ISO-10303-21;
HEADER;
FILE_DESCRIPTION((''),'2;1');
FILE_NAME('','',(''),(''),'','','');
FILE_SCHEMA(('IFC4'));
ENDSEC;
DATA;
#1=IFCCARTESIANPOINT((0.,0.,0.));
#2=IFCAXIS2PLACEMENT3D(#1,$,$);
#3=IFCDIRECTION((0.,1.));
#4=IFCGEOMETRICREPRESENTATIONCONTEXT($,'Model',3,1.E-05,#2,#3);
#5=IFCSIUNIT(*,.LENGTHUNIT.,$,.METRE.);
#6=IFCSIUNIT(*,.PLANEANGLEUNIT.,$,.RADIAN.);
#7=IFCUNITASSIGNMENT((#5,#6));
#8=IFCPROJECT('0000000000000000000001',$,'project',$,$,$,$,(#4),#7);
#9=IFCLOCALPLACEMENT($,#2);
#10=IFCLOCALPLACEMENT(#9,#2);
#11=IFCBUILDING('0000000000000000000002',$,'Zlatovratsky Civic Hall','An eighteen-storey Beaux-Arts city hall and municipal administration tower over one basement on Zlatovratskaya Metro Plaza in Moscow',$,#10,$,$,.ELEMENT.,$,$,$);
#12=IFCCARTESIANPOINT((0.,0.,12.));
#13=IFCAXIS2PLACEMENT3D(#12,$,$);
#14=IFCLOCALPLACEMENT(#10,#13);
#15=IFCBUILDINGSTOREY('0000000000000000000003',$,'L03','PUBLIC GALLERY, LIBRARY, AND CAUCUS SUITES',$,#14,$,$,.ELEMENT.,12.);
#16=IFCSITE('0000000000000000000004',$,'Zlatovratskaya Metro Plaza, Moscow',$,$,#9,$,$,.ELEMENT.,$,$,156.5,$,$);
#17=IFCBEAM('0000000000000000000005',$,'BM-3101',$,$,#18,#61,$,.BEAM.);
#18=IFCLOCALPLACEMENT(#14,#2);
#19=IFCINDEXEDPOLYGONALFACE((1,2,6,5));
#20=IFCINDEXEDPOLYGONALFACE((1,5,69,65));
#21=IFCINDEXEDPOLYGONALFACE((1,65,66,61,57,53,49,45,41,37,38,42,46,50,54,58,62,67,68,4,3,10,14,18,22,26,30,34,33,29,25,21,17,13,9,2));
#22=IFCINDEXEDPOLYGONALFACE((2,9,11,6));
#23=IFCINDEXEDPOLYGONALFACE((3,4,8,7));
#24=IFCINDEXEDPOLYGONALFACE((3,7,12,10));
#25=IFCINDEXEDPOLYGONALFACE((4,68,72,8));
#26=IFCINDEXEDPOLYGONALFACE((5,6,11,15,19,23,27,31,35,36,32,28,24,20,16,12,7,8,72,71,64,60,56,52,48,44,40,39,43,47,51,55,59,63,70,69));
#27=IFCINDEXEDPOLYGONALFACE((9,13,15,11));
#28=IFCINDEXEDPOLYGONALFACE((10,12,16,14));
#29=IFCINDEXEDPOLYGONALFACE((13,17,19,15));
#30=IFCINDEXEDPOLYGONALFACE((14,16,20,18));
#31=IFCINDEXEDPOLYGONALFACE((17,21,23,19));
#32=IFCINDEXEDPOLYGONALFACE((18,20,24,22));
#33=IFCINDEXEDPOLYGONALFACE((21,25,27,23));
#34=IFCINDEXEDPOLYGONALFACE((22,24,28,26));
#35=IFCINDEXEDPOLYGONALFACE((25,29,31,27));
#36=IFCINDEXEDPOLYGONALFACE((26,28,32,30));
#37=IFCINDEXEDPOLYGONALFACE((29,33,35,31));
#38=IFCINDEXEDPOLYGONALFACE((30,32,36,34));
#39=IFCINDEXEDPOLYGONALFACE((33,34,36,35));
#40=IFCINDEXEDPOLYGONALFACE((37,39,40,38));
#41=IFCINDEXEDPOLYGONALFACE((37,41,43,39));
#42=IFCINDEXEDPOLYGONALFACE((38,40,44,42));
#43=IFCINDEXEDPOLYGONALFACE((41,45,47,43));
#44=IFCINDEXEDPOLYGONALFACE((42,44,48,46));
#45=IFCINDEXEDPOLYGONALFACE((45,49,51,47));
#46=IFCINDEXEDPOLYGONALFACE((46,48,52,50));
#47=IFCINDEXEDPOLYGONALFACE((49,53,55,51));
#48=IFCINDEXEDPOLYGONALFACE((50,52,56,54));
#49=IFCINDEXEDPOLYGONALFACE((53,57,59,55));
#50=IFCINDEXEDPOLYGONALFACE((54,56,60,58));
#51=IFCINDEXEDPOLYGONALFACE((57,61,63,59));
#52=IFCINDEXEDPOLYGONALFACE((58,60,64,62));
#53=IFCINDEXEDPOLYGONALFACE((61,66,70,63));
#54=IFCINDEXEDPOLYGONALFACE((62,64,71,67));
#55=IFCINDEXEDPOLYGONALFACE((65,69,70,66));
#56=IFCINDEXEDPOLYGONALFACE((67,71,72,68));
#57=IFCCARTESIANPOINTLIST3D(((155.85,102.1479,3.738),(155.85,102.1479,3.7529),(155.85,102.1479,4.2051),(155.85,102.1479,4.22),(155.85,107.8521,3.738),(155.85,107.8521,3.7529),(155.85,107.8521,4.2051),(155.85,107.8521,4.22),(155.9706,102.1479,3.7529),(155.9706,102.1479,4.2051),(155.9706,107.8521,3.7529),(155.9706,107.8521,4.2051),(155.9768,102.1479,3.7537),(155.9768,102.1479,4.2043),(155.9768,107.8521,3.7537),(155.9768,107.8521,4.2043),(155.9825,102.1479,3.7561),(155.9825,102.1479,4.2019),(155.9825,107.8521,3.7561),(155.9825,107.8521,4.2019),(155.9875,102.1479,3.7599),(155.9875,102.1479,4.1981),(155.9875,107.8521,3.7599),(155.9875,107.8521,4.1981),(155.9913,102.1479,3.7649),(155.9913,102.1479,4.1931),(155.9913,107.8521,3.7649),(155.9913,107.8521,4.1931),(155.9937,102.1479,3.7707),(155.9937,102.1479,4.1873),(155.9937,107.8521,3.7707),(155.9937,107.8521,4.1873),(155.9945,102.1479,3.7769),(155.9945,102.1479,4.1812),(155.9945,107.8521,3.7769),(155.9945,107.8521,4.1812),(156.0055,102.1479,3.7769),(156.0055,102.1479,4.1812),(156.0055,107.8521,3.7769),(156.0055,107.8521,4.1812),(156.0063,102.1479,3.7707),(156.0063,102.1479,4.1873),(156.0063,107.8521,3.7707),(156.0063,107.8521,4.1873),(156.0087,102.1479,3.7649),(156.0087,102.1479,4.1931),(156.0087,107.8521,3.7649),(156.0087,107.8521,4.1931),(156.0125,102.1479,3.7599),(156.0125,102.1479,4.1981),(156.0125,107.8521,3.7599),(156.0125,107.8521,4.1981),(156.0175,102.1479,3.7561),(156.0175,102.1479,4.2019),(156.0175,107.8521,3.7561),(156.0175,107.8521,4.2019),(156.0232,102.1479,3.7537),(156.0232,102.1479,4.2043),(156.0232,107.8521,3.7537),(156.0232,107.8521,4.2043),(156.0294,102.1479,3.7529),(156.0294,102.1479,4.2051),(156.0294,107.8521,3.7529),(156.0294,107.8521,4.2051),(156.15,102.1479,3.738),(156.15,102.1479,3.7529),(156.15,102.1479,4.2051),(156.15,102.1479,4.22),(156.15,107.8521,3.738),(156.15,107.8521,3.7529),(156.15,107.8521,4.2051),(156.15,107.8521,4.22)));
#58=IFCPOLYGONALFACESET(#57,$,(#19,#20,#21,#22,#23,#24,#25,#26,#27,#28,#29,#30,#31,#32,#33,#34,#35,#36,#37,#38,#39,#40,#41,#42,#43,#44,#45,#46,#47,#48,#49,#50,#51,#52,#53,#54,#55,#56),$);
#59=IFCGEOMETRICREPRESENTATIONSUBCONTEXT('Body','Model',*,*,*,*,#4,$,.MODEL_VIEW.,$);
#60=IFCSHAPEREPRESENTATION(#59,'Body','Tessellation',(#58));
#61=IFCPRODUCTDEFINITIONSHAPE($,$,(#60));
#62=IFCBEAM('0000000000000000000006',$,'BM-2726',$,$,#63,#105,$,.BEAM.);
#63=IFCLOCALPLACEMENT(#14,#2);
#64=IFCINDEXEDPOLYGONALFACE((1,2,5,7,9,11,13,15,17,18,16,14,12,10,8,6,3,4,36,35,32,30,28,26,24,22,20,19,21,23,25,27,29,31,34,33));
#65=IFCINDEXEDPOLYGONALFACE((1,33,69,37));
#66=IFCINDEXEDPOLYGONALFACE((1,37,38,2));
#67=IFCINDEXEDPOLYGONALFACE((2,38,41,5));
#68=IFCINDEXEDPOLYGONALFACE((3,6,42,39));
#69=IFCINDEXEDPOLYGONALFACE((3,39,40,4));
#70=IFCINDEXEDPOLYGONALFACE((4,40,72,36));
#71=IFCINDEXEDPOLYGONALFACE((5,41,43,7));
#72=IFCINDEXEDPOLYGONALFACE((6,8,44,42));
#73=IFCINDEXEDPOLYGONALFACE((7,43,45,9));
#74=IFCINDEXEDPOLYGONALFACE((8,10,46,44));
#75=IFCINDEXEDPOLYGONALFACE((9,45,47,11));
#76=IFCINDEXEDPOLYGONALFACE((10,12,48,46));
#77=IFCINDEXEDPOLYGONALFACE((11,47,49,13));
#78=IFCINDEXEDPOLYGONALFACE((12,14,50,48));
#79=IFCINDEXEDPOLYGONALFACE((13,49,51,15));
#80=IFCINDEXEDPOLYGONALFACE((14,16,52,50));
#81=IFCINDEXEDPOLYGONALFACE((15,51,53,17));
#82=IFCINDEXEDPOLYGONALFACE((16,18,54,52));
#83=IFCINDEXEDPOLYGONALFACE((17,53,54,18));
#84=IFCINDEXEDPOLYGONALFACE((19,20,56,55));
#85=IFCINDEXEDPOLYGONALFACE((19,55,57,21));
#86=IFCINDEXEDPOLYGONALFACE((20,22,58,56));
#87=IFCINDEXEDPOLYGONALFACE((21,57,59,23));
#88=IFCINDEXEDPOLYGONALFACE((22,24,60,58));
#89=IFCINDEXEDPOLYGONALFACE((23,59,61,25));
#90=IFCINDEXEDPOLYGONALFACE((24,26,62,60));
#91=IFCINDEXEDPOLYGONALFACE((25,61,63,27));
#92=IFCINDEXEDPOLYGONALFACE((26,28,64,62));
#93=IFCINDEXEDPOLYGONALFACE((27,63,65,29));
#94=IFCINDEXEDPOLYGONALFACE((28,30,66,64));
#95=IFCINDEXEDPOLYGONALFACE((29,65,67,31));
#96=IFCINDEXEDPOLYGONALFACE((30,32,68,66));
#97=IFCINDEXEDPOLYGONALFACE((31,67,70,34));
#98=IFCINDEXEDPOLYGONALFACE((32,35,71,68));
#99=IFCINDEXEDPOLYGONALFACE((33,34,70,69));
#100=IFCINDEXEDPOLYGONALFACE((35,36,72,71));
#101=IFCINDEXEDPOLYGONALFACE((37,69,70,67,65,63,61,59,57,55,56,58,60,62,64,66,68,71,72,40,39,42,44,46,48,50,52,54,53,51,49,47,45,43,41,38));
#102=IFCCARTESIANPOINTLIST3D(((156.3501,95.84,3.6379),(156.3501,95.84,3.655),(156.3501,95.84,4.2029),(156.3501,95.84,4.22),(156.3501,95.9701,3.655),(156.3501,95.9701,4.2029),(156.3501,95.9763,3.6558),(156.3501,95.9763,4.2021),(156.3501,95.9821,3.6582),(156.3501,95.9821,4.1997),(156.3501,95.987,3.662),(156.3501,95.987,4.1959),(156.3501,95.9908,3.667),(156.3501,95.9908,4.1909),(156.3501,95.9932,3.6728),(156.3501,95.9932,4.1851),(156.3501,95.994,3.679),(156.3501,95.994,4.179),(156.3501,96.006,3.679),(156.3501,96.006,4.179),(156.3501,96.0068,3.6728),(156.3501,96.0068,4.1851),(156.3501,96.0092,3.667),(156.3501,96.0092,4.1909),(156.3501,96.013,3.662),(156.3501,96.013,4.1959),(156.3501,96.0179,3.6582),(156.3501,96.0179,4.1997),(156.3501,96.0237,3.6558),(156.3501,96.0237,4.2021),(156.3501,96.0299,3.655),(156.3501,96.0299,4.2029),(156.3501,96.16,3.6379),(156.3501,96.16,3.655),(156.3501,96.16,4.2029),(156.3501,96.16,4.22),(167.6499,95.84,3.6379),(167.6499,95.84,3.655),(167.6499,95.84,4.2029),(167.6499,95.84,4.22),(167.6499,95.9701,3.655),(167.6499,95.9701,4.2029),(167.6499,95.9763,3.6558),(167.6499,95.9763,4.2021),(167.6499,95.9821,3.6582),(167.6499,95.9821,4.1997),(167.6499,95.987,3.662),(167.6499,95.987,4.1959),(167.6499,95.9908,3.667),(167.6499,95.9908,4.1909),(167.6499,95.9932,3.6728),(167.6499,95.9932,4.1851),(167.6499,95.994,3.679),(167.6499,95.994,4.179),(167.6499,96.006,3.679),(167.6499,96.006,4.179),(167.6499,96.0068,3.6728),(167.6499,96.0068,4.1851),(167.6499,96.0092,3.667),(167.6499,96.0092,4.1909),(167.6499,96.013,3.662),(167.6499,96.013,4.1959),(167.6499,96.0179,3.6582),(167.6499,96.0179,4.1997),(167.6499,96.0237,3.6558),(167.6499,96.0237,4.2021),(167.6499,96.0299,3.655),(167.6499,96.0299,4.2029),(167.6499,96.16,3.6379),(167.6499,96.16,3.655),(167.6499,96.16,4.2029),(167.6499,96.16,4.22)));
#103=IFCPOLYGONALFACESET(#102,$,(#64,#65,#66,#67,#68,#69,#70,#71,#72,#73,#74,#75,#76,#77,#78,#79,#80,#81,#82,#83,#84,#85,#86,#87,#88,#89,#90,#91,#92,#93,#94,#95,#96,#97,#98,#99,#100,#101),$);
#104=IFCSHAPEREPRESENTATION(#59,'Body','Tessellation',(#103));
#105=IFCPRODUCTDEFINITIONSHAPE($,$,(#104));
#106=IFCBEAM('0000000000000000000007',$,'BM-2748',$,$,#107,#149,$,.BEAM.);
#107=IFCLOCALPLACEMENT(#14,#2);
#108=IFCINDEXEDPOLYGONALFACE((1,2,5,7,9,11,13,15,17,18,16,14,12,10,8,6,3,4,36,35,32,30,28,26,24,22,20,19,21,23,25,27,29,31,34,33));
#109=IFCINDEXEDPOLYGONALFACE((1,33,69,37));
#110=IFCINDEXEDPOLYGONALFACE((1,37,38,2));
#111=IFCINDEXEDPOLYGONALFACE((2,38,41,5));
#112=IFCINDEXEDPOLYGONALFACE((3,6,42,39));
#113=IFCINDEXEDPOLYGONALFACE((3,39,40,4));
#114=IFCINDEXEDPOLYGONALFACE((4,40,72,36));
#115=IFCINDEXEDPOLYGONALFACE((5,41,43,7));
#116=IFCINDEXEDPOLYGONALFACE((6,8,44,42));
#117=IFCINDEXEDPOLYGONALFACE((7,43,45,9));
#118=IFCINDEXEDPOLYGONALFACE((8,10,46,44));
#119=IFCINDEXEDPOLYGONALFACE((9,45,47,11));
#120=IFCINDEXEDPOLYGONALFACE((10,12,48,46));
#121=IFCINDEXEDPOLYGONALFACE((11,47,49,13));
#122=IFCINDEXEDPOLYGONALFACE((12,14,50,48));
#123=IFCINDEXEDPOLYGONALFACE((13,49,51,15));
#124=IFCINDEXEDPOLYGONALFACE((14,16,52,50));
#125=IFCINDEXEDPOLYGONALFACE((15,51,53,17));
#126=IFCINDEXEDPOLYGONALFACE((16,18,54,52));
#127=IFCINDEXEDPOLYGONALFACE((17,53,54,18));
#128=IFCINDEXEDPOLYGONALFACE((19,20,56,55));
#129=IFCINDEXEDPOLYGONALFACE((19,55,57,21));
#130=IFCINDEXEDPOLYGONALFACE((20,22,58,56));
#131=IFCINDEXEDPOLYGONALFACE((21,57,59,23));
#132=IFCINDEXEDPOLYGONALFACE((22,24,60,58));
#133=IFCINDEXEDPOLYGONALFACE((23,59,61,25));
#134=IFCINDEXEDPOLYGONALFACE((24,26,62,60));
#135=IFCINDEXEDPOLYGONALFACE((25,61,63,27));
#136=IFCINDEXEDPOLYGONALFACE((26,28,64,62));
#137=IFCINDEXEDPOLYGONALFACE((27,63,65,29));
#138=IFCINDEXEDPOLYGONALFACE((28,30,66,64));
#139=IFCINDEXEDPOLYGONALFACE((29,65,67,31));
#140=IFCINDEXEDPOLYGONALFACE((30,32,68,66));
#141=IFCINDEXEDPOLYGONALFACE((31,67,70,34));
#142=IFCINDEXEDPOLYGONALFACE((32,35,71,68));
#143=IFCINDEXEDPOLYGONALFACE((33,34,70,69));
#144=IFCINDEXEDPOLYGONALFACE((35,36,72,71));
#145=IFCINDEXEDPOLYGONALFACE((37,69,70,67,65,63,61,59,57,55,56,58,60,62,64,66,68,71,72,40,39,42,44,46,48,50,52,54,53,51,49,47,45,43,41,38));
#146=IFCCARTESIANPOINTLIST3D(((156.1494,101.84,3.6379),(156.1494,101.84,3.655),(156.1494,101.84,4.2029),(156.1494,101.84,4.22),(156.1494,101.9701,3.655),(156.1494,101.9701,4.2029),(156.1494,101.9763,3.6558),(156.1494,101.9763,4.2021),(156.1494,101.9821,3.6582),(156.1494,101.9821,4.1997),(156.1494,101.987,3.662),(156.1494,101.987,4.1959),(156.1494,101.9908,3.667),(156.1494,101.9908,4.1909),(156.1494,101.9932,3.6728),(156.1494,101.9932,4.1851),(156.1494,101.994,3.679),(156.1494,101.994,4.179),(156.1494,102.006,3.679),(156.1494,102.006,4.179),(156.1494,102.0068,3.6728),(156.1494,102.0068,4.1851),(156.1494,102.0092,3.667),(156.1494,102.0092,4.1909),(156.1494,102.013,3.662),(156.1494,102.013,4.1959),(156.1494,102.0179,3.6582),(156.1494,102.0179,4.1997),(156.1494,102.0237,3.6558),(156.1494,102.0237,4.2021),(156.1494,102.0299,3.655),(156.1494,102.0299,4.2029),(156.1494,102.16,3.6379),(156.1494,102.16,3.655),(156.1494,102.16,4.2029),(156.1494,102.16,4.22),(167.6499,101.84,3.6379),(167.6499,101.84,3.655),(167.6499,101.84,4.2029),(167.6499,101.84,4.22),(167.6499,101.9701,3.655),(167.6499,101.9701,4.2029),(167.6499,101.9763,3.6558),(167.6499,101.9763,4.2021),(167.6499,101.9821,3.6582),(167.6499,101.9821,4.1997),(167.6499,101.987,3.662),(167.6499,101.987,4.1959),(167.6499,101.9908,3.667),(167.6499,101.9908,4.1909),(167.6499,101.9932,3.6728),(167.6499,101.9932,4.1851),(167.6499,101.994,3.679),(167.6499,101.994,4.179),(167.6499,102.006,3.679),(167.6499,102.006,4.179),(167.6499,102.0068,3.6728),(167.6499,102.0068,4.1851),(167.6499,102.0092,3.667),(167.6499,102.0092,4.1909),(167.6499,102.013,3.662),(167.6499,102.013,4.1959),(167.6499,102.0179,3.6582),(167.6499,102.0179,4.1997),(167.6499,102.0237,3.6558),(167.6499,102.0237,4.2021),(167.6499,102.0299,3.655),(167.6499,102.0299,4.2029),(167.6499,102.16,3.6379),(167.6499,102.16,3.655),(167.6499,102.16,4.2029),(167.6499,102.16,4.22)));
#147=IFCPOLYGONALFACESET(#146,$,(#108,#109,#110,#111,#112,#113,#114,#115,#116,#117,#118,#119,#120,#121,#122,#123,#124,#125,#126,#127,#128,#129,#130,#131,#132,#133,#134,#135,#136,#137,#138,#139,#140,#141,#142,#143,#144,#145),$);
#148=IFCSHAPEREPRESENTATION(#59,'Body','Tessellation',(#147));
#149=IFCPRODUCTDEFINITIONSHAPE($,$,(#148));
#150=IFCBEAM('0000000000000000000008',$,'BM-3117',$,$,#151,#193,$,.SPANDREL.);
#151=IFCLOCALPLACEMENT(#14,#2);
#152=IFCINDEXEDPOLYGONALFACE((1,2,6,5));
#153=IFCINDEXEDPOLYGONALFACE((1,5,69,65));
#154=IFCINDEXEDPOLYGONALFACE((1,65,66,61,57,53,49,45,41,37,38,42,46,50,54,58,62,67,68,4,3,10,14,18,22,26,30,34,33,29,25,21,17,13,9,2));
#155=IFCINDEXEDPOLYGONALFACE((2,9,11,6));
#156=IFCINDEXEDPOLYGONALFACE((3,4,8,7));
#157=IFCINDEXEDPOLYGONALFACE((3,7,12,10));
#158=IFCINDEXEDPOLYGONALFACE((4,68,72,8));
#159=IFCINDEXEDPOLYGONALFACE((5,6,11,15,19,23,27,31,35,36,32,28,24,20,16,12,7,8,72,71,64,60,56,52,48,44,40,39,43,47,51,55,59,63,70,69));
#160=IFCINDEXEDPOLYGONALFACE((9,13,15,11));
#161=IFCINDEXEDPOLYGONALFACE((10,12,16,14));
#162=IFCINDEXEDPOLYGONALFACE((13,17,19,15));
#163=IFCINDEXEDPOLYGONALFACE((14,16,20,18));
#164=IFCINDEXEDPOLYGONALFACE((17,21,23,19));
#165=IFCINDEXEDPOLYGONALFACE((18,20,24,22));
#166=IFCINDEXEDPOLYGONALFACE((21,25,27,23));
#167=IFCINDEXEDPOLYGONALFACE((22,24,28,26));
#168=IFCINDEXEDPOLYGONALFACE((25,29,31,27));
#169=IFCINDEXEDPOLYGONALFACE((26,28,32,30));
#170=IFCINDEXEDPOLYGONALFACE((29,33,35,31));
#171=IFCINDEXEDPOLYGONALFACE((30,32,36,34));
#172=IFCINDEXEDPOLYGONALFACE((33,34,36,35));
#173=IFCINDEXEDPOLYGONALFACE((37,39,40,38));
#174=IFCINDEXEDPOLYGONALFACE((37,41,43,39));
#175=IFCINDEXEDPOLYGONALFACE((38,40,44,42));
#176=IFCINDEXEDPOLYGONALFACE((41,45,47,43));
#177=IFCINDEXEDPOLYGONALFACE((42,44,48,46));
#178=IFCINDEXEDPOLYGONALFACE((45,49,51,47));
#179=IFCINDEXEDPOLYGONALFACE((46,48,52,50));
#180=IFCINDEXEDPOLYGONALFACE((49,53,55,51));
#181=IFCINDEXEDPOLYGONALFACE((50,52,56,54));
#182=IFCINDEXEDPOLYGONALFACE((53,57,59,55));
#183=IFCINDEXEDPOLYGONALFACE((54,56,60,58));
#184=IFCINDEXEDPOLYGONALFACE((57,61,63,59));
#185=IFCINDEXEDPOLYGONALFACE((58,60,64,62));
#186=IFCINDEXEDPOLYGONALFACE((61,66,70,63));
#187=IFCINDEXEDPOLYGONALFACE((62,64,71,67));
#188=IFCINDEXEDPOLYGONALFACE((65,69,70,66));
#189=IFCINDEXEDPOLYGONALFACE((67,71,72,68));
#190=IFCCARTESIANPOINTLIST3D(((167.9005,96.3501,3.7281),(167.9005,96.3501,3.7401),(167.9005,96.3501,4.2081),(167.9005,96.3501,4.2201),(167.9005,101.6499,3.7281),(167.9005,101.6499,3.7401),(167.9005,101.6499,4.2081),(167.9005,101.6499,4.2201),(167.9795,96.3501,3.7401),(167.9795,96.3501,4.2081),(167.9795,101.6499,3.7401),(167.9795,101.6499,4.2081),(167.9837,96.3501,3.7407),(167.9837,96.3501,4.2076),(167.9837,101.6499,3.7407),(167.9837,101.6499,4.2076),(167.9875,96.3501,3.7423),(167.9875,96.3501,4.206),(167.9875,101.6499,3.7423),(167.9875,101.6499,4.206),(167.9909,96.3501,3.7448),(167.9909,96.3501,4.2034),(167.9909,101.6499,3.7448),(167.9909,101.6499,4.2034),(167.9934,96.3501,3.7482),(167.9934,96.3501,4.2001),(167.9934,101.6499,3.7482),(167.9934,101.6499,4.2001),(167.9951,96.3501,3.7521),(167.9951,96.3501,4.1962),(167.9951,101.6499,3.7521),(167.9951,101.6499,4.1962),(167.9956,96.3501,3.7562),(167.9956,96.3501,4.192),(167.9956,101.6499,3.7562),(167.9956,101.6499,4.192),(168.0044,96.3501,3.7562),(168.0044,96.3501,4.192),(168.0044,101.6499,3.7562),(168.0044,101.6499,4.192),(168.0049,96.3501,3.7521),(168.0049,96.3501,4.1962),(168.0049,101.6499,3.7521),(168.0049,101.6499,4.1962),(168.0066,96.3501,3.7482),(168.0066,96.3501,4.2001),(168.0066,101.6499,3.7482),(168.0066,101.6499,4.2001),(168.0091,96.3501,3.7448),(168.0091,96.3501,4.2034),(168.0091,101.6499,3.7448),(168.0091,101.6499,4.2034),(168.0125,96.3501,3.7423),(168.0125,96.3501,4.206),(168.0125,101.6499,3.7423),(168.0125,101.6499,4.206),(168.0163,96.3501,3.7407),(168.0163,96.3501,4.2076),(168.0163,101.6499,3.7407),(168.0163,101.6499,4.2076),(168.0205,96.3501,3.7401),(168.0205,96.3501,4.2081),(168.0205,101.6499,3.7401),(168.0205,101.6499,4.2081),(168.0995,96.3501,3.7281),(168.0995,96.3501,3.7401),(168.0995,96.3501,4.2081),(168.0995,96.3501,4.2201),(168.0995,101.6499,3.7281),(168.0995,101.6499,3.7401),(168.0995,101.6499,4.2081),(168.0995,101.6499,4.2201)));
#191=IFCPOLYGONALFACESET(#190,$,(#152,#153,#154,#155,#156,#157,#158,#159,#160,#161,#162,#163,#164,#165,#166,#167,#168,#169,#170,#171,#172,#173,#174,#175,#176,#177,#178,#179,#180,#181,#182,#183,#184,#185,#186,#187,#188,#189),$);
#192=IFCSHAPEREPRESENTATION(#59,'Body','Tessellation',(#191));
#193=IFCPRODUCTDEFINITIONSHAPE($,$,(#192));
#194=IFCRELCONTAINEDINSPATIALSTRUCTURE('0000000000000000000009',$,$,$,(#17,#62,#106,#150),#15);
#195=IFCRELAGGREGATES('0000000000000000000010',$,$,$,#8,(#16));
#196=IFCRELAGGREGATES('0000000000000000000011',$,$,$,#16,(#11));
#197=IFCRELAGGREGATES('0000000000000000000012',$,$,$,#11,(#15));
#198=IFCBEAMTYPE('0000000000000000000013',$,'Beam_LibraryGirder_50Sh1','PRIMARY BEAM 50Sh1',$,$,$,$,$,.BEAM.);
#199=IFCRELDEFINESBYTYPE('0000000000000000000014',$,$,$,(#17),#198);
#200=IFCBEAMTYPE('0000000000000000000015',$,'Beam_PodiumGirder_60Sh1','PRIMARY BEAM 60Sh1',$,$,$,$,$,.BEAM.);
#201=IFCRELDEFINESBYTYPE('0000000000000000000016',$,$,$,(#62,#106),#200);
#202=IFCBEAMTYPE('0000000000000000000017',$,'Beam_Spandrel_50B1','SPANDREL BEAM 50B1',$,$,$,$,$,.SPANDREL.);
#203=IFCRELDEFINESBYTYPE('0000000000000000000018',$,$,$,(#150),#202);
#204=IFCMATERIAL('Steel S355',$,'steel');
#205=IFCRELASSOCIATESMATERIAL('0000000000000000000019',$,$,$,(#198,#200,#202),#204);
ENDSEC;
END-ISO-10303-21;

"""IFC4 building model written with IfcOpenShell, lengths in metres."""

from ifc_helpers import new_model, si_unit, direction, frame, origin, origin_2d, place, context, subcontext, project, spatial, i_section, extrude, material, material_profile, profile_set, type_object, element, save


model = new_model("IFC4")

# Units and contexts
model_context = context("Model", 3, precision=1e-05, world=origin(), true_north=direction((0.0, 1.0)))
body_context = subcontext(model_context, "Body", "Model", "MODEL_VIEW")
ifc_project = project(units=[si_unit("LENGTHUNIT", "METRE"), si_unit("PLANEANGLEUNIT", "RADIAN")], contexts=[model_context])

# Site, building, storey
site_placement = place(None, origin())
site = spatial("IfcSite", under=ifc_project, at=site_placement, Name="Zlatovratskaya Metro Plaza, Moscow", CompositionType="ELEMENT", RefElevation=156.5)
building_placement = place(site_placement, origin())
building = spatial("IfcBuilding", under=site, at=building_placement, Name="Zlatovratsky Civic Hall", Description="An eighteen-storey Beaux-Arts city hall and municipal administration tower over one basement on Zlatovratskaya Metro Plaza in Moscow", CompositionType="ELEMENT")
storey_placement = place(building_placement, frame((0.0, 0.0, 12.0)))
storey = spatial("IfcBuildingStorey", under=building, at=storey_placement, Name="L03", Description="PUBLIC GALLERY, LIBRARY, AND CAUCUS SUITES", CompositionType="ELEMENT", Elevation=12.0)

# Shared definitions
ifc_material_1 = material(Name="Steel S355", Category="steel")

# Beams
ifc_material_profile_1 = material_profile(ifc_material_1, i_section(OverallWidth=0.3, OverallDepth=0.4819, WebThickness=0.011, FlangeThickness=0.0149, FilletRadius=0.0239, at=origin_2d()), Name="50Sh1")
ifc_profile_set_1 = profile_set([ifc_material_profile_1], Name="Steel S355")
beam_type_1 = type_object("IfcBeamType", Name="Beam_LibraryGirder_50Sh1", Description="PRIMARY BEAM 50Sh1", PredefinedType="BEAM", material=ifc_profile_set_1)
beam_1_placement = place(storey_placement, frame((156.0, 102.1479, 3.979), z_axis=(0.0, 1.0, 0.0), x_axis=(-1.0, 0.0, 0.0)))
element("IfcBeam", 1, at=beam_1_placement, inside=storey, type_object=beam_type_1, Name="BM-3101", PredefinedType="BEAM", context=body_context, shape_type="SweptSolid", body=[
    extrude(i_section(OverallWidth=0.3, OverallDepth=0.4819, WebThickness=0.011, FlangeThickness=0.0149, FilletRadius=0.0239, at=origin_2d()), origin(), (0.0, 0.0, 1.0), 5.7041),
])
ifc_material_profile_2 = material_profile(ifc_material_1, i_section(OverallWidth=0.3201, OverallDepth=0.582, WebThickness=0.012, FlangeThickness=0.0171, FilletRadius=0.0239, at=origin_2d()), Name="60Sh1")
ifc_profile_set_2 = profile_set([ifc_material_profile_2], Name="Steel S355")
beam_type_2 = type_object("IfcBeamType", Name="Beam_PodiumGirder_60Sh1", Description="PRIMARY BEAM 60Sh1", PredefinedType="BEAM", material=ifc_profile_set_2)
beam_2_placement = place(storey_placement, frame((156.3501, 96.0, 3.929), z_axis=(1.0, 0.0, 0.0), x_axis=(0.0, 1.0, 0.0)))
element("IfcBeam", 2, at=beam_2_placement, inside=storey, type_object=beam_type_2, Name="BM-2726", PredefinedType="BEAM", context=body_context, shape_type="SweptSolid", body=[
    extrude(i_section(OverallWidth=0.3201, OverallDepth=0.582, WebThickness=0.012, FlangeThickness=0.0171, FilletRadius=0.0239, at=origin_2d()), origin(), (0.0, 0.0, 1.0), 11.2998),
])
beam_3_placement = place(storey_placement, frame((156.1494, 102.0, 3.929), z_axis=(1.0, 0.0, 0.0), x_axis=(0.0, 1.0, 0.0)))
element("IfcBeam", 3, at=beam_3_placement, inside=storey, type_object=beam_type_2, Name="BM-2748", PredefinedType="BEAM", context=body_context, shape_type="SweptSolid", body=[
    extrude(i_section(OverallWidth=0.3201, OverallDepth=0.582, WebThickness=0.012, FlangeThickness=0.0171, FilletRadius=0.0239, at=origin_2d()), origin(), (0.0, 0.0, 1.0), 11.5005),
])
ifc_material_profile_3 = material_profile(ifc_material_1, i_section(OverallWidth=0.199, OverallDepth=0.4919, WebThickness=0.0088, FlangeThickness=0.012, FilletRadius=0.0161, at=origin_2d()), Name="50B1")
ifc_profile_set_3 = profile_set([ifc_material_profile_3], Name="Steel S355")
beam_type_3 = type_object("IfcBeamType", Name="Beam_Spandrel_50B1", Description="SPANDREL BEAM 50B1", PredefinedType="SPANDREL", material=ifc_profile_set_3)
for number, where, z_axis, x_axis, name in (
    (4, (168.0, 96.3501, 3.9741), (0.0, 1.0, 0.0), (-1.0, 0.0, 0.0), "BM-3117"),
):
    element("IfcBeam", number, at=place(storey_placement, frame(where, z_axis=z_axis, x_axis=x_axis)), inside=storey, type_object=beam_type_3, Name=name, PredefinedType="SPANDREL", context=body_context, shape_type="SweptSolid", body=[
        extrude(i_section(OverallWidth=0.199, OverallDepth=0.4919, WebThickness=0.0088, FlangeThickness=0.012, FilletRadius=0.0161, at=origin_2d()), origin(), (0.0, 0.0, 1.0), 5.2998),
    ])

save(model, "model.ifc")
